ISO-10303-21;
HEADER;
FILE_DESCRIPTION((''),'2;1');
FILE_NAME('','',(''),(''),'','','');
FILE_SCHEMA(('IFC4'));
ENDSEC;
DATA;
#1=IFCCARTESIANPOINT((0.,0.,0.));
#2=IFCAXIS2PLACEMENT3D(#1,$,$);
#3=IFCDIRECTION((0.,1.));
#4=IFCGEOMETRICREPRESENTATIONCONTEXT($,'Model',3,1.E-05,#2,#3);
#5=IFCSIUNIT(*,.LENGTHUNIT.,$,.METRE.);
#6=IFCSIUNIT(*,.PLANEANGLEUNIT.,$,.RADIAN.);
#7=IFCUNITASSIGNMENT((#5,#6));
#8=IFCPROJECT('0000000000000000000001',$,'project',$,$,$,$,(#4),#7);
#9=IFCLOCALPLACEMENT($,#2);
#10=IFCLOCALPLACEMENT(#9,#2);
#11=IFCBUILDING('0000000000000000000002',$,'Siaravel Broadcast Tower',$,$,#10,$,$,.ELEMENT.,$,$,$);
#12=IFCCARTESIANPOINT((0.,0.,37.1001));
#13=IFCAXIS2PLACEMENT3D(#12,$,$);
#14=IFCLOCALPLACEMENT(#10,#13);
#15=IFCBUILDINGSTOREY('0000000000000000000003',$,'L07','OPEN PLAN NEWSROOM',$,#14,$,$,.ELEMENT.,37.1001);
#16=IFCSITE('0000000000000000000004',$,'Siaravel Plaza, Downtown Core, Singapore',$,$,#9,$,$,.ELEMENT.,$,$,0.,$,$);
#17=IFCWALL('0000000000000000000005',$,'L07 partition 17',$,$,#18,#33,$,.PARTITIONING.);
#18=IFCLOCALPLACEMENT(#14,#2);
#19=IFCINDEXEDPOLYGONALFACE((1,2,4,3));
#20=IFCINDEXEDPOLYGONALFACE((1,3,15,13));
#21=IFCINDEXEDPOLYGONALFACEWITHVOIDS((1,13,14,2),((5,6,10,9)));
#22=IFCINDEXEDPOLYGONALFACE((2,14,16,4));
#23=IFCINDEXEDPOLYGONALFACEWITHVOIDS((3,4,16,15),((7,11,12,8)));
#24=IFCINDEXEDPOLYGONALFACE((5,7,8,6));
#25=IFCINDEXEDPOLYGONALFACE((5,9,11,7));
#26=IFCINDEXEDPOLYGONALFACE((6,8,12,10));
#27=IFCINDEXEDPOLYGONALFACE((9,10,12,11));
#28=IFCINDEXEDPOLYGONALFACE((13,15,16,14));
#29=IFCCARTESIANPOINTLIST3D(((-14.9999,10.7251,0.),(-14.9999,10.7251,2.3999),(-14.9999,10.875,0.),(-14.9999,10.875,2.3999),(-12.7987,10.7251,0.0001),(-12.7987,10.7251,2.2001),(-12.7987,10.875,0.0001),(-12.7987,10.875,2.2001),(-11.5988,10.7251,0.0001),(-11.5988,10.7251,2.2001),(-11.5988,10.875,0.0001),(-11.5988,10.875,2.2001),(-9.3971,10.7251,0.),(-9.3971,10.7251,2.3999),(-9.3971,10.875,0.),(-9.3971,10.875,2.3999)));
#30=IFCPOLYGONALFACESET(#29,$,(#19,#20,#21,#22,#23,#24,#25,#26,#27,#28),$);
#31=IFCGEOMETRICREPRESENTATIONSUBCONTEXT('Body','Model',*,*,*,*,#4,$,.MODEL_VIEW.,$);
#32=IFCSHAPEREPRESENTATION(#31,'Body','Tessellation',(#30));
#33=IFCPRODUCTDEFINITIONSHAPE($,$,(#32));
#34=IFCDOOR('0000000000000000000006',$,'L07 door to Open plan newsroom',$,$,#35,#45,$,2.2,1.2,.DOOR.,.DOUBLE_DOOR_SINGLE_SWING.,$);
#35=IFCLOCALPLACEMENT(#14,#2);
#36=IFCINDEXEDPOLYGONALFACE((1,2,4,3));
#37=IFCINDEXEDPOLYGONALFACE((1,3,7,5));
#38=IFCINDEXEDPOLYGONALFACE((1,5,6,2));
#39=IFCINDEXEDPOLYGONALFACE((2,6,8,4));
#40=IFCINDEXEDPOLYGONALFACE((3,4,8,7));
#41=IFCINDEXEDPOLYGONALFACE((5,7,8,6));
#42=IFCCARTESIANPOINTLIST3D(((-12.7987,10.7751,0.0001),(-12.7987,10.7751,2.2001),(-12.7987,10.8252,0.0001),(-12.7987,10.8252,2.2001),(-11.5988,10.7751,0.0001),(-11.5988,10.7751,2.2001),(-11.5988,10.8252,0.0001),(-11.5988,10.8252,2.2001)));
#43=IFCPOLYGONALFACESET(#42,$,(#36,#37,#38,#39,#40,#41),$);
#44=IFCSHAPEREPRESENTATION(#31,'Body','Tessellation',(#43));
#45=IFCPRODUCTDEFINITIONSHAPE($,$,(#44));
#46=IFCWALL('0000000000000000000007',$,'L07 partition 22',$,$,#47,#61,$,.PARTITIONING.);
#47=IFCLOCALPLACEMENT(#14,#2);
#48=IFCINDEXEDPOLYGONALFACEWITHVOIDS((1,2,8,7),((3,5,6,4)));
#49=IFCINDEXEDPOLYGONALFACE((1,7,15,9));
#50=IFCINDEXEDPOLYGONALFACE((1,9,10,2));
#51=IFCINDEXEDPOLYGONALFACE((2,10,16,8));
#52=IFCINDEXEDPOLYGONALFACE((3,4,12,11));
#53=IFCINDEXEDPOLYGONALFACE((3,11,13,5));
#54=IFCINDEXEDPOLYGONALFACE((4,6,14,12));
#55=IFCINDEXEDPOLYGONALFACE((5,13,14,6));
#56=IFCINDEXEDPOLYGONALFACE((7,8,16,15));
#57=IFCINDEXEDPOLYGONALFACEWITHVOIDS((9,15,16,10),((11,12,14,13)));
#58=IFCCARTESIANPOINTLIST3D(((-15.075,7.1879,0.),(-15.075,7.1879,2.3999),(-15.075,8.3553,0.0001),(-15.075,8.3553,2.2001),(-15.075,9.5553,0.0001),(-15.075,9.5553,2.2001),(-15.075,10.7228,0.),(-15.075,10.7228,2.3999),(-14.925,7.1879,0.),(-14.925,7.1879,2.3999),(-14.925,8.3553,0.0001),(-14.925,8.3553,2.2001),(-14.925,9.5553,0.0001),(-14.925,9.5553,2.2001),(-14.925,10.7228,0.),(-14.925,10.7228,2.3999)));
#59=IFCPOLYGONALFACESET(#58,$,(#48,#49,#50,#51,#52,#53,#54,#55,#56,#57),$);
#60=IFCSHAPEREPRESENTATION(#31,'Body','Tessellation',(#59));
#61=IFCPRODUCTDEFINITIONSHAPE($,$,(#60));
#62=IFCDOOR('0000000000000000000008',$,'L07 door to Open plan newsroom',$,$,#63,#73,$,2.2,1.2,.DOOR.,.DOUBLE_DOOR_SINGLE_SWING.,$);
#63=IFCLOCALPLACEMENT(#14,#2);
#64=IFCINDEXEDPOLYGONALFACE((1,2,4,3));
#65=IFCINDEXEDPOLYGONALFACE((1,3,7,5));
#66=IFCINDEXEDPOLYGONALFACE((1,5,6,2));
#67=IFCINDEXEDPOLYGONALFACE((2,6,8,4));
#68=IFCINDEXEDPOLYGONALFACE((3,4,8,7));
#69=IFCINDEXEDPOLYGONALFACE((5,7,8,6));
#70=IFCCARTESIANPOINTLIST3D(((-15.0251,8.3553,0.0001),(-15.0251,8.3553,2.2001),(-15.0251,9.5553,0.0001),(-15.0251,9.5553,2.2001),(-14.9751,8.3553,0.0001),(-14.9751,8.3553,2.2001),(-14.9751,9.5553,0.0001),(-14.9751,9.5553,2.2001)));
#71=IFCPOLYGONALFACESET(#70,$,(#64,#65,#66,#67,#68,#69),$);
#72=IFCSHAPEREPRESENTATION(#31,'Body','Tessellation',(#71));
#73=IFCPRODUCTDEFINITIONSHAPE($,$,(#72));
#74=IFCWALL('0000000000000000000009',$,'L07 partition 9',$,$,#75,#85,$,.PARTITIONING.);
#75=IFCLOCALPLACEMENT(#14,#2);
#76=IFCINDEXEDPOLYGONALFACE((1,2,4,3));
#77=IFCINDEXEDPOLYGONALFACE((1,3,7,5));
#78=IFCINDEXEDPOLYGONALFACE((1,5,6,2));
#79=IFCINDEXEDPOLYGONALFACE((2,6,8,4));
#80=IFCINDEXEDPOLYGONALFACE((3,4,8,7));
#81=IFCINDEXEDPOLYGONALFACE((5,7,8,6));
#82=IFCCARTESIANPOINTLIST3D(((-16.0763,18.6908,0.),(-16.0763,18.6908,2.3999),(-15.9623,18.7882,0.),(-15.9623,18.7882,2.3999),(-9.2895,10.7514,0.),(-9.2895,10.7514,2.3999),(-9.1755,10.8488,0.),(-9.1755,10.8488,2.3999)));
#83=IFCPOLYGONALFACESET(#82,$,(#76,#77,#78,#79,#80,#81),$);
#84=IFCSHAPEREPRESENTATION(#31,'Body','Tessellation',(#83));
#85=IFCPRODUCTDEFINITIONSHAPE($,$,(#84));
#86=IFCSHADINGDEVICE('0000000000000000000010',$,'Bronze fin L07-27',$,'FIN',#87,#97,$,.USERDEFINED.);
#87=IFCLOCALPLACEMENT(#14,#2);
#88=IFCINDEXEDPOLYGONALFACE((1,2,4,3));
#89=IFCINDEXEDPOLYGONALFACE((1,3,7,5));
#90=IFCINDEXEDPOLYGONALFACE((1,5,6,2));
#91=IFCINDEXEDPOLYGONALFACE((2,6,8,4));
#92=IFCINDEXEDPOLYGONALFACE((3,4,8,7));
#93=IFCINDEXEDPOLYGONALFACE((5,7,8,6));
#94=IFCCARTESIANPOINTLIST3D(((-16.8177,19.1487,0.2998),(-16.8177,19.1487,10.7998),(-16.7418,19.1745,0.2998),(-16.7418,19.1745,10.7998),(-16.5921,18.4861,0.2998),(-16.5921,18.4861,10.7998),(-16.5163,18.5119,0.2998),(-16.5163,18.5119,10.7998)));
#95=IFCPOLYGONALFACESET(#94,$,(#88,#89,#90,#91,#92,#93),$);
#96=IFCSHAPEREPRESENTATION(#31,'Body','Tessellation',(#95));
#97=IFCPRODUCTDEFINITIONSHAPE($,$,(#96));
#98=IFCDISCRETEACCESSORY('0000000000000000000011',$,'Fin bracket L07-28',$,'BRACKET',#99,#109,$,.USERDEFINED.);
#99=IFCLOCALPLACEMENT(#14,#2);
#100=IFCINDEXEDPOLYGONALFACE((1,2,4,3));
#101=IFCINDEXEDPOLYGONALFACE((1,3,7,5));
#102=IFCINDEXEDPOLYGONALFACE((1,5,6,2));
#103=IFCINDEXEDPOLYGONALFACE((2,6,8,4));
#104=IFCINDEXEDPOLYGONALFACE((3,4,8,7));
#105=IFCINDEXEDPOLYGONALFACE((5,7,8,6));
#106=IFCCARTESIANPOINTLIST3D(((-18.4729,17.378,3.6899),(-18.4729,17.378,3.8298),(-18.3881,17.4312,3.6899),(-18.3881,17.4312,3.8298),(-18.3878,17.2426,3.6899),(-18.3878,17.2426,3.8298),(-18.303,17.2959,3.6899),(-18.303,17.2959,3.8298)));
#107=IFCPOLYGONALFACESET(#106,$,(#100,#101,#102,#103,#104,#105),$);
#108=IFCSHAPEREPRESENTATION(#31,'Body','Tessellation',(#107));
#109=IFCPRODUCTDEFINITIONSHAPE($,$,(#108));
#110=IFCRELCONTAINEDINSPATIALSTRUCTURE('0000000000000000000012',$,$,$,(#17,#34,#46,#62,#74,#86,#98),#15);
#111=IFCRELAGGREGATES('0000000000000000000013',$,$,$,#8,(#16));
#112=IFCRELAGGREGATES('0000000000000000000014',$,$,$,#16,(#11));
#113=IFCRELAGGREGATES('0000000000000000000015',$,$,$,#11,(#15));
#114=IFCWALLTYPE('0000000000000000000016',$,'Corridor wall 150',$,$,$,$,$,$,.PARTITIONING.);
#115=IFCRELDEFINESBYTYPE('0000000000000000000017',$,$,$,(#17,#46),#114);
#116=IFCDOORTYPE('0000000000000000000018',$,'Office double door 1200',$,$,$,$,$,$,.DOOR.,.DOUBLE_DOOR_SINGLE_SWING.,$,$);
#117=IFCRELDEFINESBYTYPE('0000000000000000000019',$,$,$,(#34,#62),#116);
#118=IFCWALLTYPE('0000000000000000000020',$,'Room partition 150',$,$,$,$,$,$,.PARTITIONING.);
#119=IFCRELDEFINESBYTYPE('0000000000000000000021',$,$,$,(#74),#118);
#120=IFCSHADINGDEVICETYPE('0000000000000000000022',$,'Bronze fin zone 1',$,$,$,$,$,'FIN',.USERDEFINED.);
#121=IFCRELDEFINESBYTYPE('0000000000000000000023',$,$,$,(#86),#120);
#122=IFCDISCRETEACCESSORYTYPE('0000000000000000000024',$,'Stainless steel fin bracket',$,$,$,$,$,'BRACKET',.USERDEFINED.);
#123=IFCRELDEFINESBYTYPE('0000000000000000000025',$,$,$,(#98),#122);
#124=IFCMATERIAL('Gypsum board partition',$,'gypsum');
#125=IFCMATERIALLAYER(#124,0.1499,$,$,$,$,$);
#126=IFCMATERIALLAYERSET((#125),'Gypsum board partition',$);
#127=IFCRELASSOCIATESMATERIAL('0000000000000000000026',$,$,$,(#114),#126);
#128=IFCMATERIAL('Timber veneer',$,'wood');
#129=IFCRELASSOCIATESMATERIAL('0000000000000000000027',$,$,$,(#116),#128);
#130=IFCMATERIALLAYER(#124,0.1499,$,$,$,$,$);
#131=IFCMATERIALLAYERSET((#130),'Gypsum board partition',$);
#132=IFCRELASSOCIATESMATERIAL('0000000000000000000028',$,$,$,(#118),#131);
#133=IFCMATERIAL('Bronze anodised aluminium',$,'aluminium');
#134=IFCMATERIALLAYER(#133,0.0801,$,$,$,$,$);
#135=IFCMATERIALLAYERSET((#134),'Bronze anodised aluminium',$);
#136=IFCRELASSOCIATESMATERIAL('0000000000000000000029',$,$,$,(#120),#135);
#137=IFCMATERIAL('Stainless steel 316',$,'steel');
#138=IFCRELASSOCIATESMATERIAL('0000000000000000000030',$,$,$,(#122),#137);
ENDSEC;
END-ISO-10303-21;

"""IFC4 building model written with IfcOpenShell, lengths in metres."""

from ifc_helpers import new_model, si_unit, direction, frame, frame_2d, origin, origin_2d, place, context, subcontext, project, spatial, rectangle, extrude, material, layer, layer_set, type_object, element, fill, save


model = new_model("IFC4")

# Units and contexts
model_context = context("Model", 3, precision=1e-05, world=origin(), true_north=direction((0.0, 1.0)))
body_context = subcontext(model_context, "Body", "Model", "MODEL_VIEW")
ifc_project = project(units=[si_unit("LENGTHUNIT", "METRE"), si_unit("PLANEANGLEUNIT", "RADIAN")], contexts=[model_context])

# Site, building, storey
site_placement = place(None, origin())
site = spatial("IfcSite", under=ifc_project, at=site_placement, Name="Siaravel Plaza, Downtown Core, Singapore", CompositionType="ELEMENT", RefElevation=0.0)
building_placement = place(site_placement, origin())
building = spatial("IfcBuilding", under=site, at=building_placement, Name="Siaravel Broadcast Tower", CompositionType="ELEMENT")
storey_placement = place(building_placement, frame((0.0, 0.0, 37.1001)))
storey = spatial("IfcBuildingStorey", under=building, at=storey_placement, Name="L07", Description="OPEN PLAN NEWSROOM", CompositionType="ELEMENT", Elevation=37.1001)

# Walls, openings, doors
ifc_material_1 = material(Name="Gypsum board partition", Category="gypsum")
ifc_layer_1 = layer(ifc_material_1, 0.1499)
ifc_layer_set_1 = layer_set([ifc_layer_1], Name="Gypsum board partition")
wall_type_1 = type_object("IfcWallType", Name="Corridor wall 150", PredefinedType="PARTITIONING", material=ifc_layer_set_1)
wall_1_placement = place(storey_placement, frame((-9.3972, 10.8, 0.0), z_axis=(0.0, 0.0, 1.0), x_axis=(-1.0, 0.0, 0.0)))
wall_1 = element("IfcWall", 1, at=wall_1_placement, inside=storey, type_object=wall_type_1, Name="L07 partition 17", PredefinedType="PARTITIONING", context=body_context, shape_type="SweptSolid", body=[
    extrude(rectangle(XDim=5.6028, YDim=0.1499, at=frame_2d((2.8013, 0.0))), origin(), (0.0, 0.0, 1.0), 2.3999),
])
opening_1_placement = place(wall_1_placement, frame((2.2014, 0.0, 0.0)))
opening_1 = element("IfcOpeningElement", 2, at=opening_1_placement, cuts=wall_1, PredefinedType="OPENING", context=body_context, shape_type="SweptSolid", body=[
    extrude(rectangle(XDim=1.2, YDim=2.2, at=frame_2d((0.6001, 1.1001))), frame((0.0, 0.085, 0.0), z_axis=(0.0, -1.0, 0.0), x_axis=(1.0, 0.0, 0.0)), (0.0, 0.0, 1.0), 0.1699),
])
ifc_material_2 = material(Name="Timber veneer", Category="wood")
door_type_1 = type_object("IfcDoorType", Name="Office double door 1200", OperationType="DOUBLE_DOOR_SINGLE_SWING", PredefinedType="DOOR", material=ifc_material_2)
door_1_placement = place(opening_1_placement, origin())
door_1 = element("IfcDoor", 3, at=door_1_placement, inside=storey, type_object=door_type_1, Name="L07 door to Open plan newsroom", OperationType="DOUBLE_DOOR_SINGLE_SWING", OverallHeight=2.2, OverallWidth=1.2, PredefinedType="DOOR", context=body_context, shape_type="SweptSolid", body=[
    extrude(rectangle(XDim=1.2, YDim=2.2, at=frame_2d((0.6001, 1.1001))), frame((0.0, 0.0249, 0.0), z_axis=(0.0, -1.0, 0.0), x_axis=(1.0, 0.0, 0.0)), (0.0, 0.0, 1.0), 0.05),
])
fill(opening_1, door_1)
wall_2_placement = place(storey_placement, frame((-15.0, 10.7229, 0.0), z_axis=(0.0, 0.0, 1.0), x_axis=(0.0, -1.0, 0.0)))
wall_2 = element("IfcWall", 4, at=wall_2_placement, inside=storey, type_object=wall_type_1, Name="L07 partition 22", PredefinedType="PARTITIONING", context=body_context, shape_type="SweptSolid", body=[
    extrude(rectangle(XDim=3.5349, YDim=0.1499, at=frame_2d((1.7676, 0.0))), origin(), (0.0, 0.0, 1.0), 2.3999),
])
opening_2_placement = place(wall_2_placement, frame((1.1675, 0.0, 0.0)))
opening_2 = element("IfcOpeningElement", 5, at=opening_2_placement, cuts=wall_2, PredefinedType="OPENING", context=body_context, shape_type="SweptSolid", body=[
    extrude(rectangle(XDim=1.2, YDim=2.2, at=frame_2d((0.6001, 1.1001))), frame((0.0, 0.085, 0.0), z_axis=(0.0, -1.0, 0.0), x_axis=(1.0, 0.0, 0.0)), (0.0, 0.0, 1.0), 0.1699),
])
door_2_placement = place(opening_2_placement, origin())
door_2 = element("IfcDoor", 6, at=door_2_placement, inside=storey, type_object=door_type_1, Name="L07 door to Open plan newsroom", OperationType="DOUBLE_DOOR_SINGLE_SWING", OverallHeight=2.2, OverallWidth=1.2, PredefinedType="DOOR", context=body_context, shape_type="SweptSolid", body=[
    extrude(rectangle(XDim=1.2, YDim=2.2, at=frame_2d((0.6001, 1.1001))), frame((0.0, 0.0249, 0.0), z_axis=(0.0, -1.0, 0.0), x_axis=(1.0, 0.0, 0.0)), (0.0, 0.0, 1.0), 0.05),
])
fill(opening_2, door_2)

# Wall
ifc_layer_2 = layer(ifc_material_1, 0.1499)
ifc_layer_set_2 = layer_set([ifc_layer_2], Name="Gypsum board partition")
wall_type_2 = type_object("IfcWallType", Name="Room partition 150", PredefinedType="PARTITIONING", material=ifc_layer_set_2)
wall_3_placement = place(storey_placement, frame((-16.0193, 18.7395, 0.0), z_axis=(0.0, 0.0, 1.0), x_axis=(0.649776, -0.760125, 0.0)))
element("IfcWall", 7, at=wall_3_placement, inside=storey, type_object=wall_type_2, Name="L07 partition 9", PredefinedType="PARTITIONING", context=body_context, shape_type="SweptSolid", body=[
    extrude(rectangle(XDim=10.4448, YDim=0.1499, at=frame_2d((5.2224, 0.0))), origin(), (0.0, 0.0, 1.0), 2.3999),
])

# Shading device
ifc_material_3 = material(Name="Bronze anodised aluminium", Category="aluminium")
ifc_layer_3 = layer(ifc_material_3, 0.0801)
ifc_layer_set_3 = layer_set([ifc_layer_3], Name="Bronze anodised aluminium")
shading_device_type = type_object("IfcShadingDeviceType", Name="Bronze fin zone 1", ElementType="FIN", PredefinedType="USERDEFINED", material=ifc_layer_set_3)
shading_device_placement = place(storey_placement, frame((-16.667, 18.8303, 0.2998), z_axis=(0.0, 0.0, 1.0), x_axis=(-0.322176, 0.94668, 0.0)))
element("IfcShadingDevice", 8, at=shading_device_placement, inside=storey, type_object=shading_device_type, Name="Bronze fin L07-27", ObjectType="FIN", PredefinedType="USERDEFINED", context=body_context, shape_type="SweptSolid", body=[
    extrude(rectangle(XDim=0.7, YDim=0.0801, at=origin_2d()), origin(), (0.0, 0.0, 1.0), 10.5),
])

# Discrete accessory
ifc_material_4 = material(Name="Stainless steel 316", Category="steel")
discrete_accessory_type = type_object("IfcDiscreteAccessoryType", Name="Stainless steel fin bracket", ElementType="BRACKET", PredefinedType="USERDEFINED", material=ifc_material_4)
discrete_accessory_placement = place(storey_placement, frame((-18.3879, 17.3369, 3.6899), z_axis=(0.0, 0.0, 1.0), x_axis=(-0.532149, 0.84665, 0.0)))
element("IfcDiscreteAccessory", 9, at=discrete_accessory_placement, inside=storey, type_object=discrete_accessory_type, Name="Fin bracket L07-28", ObjectType="BRACKET", PredefinedType="USERDEFINED", context=body_context, shape_type="SweptSolid", body=[
    extrude(rectangle(XDim=0.1599, YDim=0.1001, at=origin_2d()), origin(), (0.0, 0.0, 1.0), 0.1399),
])

save(model, "model.ifc")
